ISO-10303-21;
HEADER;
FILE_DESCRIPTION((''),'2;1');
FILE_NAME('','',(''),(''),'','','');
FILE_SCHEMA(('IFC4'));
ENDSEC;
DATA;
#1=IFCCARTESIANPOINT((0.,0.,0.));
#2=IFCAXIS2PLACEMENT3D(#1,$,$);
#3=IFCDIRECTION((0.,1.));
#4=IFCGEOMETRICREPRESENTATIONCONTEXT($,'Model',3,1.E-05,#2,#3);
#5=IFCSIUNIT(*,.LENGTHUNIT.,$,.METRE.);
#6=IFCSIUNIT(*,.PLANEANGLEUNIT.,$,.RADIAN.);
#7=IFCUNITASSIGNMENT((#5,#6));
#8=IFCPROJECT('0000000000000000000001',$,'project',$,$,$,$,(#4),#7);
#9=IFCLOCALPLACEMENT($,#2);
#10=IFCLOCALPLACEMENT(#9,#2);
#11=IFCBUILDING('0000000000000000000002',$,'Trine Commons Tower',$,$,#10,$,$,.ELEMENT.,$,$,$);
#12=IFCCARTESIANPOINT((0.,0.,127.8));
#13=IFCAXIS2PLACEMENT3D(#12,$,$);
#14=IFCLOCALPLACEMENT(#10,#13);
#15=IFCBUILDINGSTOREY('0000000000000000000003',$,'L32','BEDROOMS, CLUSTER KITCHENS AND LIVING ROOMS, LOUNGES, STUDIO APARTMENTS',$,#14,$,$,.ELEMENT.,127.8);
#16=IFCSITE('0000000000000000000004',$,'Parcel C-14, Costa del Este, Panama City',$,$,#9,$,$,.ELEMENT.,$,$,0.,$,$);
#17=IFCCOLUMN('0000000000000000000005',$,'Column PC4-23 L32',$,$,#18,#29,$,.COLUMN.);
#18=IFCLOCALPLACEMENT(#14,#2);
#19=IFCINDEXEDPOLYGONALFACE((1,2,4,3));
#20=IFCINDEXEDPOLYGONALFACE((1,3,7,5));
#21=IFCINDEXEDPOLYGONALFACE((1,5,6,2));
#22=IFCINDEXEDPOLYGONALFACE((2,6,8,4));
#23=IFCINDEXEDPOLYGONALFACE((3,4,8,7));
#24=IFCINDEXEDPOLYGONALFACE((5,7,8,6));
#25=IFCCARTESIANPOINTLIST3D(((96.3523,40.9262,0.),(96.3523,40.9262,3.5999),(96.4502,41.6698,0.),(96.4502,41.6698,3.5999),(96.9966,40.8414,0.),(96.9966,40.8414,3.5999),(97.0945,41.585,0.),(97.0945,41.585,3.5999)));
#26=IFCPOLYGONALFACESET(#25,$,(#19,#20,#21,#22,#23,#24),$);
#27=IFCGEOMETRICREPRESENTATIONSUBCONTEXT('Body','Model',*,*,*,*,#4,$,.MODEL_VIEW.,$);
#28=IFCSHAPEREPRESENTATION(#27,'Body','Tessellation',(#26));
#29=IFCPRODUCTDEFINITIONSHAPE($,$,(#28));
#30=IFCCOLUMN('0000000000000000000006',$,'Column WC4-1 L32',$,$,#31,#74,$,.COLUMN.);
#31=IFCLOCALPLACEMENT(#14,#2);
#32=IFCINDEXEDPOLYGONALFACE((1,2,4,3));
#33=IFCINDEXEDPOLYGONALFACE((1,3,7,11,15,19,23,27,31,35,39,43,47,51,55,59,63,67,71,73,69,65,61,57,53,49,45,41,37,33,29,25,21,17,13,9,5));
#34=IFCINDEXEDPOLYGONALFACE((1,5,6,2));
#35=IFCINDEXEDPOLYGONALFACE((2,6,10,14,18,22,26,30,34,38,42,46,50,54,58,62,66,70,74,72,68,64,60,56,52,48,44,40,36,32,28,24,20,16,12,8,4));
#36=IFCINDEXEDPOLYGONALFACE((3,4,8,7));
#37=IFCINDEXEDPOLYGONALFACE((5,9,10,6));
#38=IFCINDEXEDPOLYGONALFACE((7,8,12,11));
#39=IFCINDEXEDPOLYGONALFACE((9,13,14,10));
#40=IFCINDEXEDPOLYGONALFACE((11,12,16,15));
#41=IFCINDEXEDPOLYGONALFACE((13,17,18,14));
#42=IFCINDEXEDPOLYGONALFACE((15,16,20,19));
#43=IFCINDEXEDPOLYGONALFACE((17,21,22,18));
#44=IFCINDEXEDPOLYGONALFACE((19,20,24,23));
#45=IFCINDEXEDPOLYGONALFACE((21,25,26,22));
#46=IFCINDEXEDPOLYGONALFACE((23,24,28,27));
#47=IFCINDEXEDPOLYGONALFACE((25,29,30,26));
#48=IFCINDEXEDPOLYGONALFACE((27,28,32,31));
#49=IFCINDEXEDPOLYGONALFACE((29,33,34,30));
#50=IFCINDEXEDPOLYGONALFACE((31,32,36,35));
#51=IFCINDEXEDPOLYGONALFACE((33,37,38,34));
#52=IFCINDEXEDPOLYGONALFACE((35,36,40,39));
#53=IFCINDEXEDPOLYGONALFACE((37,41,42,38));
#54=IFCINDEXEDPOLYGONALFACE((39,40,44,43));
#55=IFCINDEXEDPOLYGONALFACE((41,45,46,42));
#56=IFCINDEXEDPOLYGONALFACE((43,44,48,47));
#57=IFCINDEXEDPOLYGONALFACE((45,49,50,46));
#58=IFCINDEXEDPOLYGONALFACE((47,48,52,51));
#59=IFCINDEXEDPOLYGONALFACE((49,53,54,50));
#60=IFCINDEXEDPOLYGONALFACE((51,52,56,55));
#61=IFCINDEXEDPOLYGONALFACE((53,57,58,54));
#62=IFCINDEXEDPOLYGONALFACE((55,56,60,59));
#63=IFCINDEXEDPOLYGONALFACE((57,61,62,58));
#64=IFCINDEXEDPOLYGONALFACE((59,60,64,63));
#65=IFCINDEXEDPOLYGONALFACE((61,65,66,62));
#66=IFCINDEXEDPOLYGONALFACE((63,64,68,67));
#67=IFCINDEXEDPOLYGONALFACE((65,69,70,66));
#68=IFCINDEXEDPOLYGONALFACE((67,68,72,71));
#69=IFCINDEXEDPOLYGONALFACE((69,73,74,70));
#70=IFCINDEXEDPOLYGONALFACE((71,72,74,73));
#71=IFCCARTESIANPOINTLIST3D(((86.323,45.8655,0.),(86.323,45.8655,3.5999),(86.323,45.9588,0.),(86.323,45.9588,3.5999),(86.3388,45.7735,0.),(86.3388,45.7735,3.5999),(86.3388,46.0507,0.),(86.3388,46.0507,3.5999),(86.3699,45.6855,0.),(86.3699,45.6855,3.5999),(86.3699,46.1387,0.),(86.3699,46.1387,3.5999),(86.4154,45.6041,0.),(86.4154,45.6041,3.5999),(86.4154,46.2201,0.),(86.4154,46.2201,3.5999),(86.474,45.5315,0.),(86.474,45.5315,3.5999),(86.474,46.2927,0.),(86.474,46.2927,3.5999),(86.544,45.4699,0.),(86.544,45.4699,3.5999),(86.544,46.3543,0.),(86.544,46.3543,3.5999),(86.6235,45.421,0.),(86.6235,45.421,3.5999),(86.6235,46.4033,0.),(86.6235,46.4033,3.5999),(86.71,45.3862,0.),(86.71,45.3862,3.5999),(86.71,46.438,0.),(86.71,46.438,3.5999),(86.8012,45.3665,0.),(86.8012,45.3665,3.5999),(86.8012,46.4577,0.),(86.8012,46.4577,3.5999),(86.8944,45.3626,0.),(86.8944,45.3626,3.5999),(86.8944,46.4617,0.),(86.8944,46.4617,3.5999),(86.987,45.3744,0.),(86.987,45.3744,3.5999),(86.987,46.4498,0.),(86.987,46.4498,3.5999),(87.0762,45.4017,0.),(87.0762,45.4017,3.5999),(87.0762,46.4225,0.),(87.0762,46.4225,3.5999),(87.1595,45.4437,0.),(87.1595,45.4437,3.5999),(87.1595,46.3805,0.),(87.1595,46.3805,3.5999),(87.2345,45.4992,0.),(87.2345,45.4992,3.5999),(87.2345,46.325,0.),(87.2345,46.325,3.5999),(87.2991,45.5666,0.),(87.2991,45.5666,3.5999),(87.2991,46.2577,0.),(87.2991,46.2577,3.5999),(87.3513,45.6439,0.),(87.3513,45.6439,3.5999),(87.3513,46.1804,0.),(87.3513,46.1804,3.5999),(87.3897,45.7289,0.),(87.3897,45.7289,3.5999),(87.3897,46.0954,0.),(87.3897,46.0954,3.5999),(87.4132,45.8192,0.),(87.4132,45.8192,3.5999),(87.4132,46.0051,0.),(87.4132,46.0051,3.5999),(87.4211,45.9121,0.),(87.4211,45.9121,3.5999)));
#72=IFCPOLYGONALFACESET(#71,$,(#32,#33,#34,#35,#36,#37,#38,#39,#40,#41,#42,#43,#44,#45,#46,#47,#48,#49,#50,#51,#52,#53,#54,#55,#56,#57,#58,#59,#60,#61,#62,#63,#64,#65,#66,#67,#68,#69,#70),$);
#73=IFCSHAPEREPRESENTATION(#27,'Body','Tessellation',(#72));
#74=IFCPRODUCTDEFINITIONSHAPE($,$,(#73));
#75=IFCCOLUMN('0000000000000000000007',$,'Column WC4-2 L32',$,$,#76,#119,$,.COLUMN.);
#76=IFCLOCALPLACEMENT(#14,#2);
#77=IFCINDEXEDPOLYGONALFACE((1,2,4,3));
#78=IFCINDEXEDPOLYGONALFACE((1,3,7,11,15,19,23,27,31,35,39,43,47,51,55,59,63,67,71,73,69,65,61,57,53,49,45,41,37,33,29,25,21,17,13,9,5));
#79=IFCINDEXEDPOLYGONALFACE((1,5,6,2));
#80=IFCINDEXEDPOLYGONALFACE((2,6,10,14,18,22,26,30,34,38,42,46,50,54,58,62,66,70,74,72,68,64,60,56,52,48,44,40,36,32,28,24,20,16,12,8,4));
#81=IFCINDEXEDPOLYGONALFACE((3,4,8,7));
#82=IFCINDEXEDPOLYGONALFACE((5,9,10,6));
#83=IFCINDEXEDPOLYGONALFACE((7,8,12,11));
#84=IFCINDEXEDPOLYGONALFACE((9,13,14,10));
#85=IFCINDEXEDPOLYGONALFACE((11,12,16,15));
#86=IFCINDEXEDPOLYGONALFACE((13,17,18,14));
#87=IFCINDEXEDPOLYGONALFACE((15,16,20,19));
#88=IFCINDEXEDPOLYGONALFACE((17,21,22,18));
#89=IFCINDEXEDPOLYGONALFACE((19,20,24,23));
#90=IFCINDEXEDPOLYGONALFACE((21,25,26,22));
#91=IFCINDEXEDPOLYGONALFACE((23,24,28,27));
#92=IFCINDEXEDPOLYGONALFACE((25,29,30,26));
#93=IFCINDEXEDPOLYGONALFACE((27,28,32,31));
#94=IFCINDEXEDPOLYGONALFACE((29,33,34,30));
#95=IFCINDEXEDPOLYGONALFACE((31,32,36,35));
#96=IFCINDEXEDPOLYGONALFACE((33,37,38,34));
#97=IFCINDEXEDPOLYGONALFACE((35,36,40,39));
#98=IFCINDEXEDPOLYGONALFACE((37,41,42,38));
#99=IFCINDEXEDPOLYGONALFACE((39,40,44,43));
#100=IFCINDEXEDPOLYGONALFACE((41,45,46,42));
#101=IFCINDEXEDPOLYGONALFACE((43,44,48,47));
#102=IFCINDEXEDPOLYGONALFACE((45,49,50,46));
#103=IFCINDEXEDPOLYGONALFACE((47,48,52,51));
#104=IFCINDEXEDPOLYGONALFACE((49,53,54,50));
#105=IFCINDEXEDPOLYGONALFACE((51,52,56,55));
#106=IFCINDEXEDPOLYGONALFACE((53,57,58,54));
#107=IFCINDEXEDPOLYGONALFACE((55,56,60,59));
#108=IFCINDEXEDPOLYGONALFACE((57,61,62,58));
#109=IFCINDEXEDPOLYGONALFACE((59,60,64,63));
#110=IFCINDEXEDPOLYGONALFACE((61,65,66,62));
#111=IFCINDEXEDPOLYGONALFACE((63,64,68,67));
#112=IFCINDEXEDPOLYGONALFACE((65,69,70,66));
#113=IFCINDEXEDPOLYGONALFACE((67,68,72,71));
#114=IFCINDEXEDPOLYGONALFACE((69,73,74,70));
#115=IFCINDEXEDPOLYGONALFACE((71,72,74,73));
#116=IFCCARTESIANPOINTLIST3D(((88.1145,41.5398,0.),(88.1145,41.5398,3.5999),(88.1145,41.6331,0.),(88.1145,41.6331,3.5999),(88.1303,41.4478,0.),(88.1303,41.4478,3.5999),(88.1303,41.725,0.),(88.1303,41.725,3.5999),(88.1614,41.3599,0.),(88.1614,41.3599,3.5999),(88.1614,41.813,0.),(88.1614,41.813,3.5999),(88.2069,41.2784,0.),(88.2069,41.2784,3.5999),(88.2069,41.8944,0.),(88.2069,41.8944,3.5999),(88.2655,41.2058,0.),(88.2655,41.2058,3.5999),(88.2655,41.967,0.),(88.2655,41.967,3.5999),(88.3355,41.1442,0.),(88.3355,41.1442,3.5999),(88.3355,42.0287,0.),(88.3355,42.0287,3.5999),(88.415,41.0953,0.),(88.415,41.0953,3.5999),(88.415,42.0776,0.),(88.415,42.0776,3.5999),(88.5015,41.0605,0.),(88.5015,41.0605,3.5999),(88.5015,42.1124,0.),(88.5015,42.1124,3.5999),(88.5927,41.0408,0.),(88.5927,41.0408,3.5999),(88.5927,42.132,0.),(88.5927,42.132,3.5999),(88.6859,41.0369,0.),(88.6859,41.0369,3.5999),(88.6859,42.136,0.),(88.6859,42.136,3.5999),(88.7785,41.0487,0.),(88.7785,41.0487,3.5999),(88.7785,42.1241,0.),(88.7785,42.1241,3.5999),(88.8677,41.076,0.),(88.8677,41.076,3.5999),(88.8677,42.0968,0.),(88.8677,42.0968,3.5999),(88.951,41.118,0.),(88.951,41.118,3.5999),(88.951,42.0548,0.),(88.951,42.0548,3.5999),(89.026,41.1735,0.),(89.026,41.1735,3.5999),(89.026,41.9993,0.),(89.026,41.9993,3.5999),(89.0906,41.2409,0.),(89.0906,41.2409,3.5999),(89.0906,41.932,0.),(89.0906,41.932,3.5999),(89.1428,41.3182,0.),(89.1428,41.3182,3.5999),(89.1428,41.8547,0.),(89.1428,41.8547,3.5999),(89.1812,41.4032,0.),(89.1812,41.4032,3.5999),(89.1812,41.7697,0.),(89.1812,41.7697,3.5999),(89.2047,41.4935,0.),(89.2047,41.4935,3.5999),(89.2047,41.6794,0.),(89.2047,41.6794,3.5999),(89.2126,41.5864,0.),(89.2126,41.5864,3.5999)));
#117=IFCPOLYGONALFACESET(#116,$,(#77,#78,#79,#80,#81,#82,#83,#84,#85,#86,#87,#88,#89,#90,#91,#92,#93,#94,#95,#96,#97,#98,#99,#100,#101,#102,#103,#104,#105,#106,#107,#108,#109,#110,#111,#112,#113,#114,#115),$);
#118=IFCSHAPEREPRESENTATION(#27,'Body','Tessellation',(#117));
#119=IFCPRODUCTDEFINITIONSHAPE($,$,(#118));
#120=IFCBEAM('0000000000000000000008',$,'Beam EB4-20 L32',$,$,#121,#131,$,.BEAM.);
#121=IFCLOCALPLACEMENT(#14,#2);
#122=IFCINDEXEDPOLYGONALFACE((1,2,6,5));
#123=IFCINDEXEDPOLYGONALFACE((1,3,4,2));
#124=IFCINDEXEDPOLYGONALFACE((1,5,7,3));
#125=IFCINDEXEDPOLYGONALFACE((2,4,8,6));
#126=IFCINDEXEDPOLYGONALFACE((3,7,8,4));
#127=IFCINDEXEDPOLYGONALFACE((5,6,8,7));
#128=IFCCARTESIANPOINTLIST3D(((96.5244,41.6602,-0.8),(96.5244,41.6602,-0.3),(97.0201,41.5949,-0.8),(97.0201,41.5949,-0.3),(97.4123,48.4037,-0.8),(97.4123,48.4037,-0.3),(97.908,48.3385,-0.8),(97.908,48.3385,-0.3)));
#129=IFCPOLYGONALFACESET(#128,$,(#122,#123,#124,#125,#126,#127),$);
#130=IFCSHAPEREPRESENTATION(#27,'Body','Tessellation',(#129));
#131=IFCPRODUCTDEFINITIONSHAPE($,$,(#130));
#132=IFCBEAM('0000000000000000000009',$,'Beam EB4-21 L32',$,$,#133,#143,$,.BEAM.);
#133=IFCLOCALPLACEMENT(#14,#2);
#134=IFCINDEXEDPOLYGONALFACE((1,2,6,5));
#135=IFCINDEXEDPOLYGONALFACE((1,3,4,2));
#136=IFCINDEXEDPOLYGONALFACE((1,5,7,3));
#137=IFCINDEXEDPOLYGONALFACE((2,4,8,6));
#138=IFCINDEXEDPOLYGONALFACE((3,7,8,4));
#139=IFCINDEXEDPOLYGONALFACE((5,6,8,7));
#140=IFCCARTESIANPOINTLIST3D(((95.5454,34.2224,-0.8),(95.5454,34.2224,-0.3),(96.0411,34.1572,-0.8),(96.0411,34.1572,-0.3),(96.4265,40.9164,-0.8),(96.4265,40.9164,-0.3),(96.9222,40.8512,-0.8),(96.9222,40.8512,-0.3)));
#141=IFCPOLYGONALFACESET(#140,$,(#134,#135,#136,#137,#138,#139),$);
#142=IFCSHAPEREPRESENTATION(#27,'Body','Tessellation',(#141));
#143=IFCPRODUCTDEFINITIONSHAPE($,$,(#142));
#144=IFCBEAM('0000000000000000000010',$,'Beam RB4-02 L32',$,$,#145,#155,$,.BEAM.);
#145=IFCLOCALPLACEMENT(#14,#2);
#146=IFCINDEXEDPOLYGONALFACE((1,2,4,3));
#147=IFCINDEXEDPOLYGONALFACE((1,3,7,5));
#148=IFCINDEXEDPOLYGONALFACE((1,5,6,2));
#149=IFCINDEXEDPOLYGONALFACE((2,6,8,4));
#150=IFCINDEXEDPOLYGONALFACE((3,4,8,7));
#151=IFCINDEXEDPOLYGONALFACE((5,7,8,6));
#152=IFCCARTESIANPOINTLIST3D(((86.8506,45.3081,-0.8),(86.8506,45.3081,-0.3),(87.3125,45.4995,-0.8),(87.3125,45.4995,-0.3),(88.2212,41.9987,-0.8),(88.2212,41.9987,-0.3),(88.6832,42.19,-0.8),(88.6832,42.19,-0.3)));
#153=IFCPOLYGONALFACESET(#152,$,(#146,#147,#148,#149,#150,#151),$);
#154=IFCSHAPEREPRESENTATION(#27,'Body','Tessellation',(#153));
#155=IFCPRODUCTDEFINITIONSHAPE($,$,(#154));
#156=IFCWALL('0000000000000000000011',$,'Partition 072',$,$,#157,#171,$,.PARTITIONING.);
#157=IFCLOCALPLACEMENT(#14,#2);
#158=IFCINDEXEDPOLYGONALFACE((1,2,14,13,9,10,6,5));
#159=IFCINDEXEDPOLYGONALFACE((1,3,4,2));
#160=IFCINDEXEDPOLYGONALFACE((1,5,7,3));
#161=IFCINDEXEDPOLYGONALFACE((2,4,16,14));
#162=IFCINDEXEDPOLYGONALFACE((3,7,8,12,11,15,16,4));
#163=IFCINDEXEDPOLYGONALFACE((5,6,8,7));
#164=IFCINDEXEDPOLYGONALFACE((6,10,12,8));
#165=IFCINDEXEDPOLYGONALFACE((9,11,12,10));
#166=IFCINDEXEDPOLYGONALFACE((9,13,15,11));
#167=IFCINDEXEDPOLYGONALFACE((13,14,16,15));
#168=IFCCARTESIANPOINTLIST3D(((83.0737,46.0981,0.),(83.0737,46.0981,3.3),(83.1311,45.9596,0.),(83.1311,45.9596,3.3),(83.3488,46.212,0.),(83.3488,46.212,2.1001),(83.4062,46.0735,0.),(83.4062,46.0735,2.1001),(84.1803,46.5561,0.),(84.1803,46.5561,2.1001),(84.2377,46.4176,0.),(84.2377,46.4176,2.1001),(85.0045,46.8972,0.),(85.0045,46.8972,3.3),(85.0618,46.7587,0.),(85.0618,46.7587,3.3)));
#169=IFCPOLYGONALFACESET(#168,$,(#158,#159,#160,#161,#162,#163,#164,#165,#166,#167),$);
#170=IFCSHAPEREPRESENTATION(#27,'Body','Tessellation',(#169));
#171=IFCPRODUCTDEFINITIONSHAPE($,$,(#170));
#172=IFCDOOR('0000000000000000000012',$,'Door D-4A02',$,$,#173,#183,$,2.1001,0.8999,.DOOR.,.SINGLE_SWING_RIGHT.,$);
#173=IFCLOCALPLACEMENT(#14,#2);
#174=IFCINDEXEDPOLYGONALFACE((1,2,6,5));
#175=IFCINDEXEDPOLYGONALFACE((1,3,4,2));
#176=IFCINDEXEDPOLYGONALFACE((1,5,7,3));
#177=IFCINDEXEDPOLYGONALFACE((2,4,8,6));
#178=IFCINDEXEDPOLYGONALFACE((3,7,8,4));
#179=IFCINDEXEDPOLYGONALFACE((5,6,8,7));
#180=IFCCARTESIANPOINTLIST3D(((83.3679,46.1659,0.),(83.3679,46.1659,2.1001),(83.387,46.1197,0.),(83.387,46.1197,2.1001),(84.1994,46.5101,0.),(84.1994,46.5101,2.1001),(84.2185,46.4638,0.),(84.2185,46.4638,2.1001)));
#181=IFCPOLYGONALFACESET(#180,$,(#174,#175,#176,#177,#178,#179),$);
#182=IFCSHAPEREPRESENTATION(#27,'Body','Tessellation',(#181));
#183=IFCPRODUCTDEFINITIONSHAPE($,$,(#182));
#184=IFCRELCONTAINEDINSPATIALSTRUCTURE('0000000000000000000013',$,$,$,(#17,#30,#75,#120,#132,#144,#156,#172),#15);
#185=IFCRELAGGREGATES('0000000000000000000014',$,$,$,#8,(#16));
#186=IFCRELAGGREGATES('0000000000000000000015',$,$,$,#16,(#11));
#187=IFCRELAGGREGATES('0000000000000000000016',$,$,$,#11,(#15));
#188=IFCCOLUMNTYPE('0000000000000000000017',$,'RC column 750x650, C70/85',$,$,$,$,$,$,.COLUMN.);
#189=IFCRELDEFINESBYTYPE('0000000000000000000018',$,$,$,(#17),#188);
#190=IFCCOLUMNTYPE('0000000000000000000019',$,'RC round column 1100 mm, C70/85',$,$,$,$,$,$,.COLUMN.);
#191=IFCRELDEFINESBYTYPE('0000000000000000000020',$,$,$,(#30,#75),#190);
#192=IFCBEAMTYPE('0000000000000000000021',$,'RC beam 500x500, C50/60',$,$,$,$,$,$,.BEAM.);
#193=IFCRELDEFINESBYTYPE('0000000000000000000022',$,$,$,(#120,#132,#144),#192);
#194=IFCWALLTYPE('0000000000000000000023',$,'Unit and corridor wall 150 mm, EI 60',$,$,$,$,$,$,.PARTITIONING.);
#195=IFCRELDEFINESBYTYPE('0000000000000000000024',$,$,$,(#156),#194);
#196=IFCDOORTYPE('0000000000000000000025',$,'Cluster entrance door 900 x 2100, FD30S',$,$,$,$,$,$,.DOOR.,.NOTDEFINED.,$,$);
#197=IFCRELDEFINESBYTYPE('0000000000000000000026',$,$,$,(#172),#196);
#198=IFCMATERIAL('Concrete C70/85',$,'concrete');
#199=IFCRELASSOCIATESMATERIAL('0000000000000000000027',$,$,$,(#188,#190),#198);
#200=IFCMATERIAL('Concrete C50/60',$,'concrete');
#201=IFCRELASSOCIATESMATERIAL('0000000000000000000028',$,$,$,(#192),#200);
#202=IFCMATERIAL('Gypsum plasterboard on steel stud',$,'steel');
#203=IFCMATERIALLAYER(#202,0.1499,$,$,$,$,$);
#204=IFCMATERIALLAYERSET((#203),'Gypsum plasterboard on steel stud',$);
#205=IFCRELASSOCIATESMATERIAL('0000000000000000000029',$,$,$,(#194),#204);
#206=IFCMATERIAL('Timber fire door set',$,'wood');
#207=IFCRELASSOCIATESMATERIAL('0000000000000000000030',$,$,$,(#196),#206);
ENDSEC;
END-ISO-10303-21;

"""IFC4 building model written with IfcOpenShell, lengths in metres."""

from ifc_helpers import new_model, si_unit, direction, frame, frame_2d, origin, origin_2d, place, context, subcontext, project, spatial, rectangle, circle, extrude, material, layer, layer_set, material_profile, profile_set, type_object, element, fill, save


model = new_model("IFC4")

# Units and contexts
model_context = context("Model", 3, precision=1e-05, world=origin(), true_north=direction((0.0, 1.0)))
body_context = subcontext(model_context, "Body", "Model", "MODEL_VIEW")
ifc_project = project(units=[si_unit("LENGTHUNIT", "METRE"), si_unit("PLANEANGLEUNIT", "RADIAN")], contexts=[model_context])

# Site, building, storey
site_placement = place(None, origin())
site = spatial("IfcSite", under=ifc_project, at=site_placement, Name="Parcel C-14, Costa del Este, Panama City", CompositionType="ELEMENT", RefElevation=0.0)
building_placement = place(site_placement, origin())
building = spatial("IfcBuilding", under=site, at=building_placement, Name="Trine Commons Tower", CompositionType="ELEMENT")
storey_placement = place(building_placement, frame((0.0, 0.0, 127.8)))
storey = spatial("IfcBuildingStorey", under=building, at=storey_placement, Name="L32", Description="BEDROOMS, CLUSTER KITCHENS AND LIVING ROOMS, LOUNGES, STUDIO APARTMENTS", CompositionType="ELEMENT", Elevation=127.8)

# Columns
ifc_material_1 = material(Name="Concrete C70/85", Category="concrete")
ifc_material_profile_1 = material_profile(ifc_material_1, rectangle(XDim=0.75, YDim=0.6499, at=origin_2d()), Name="RC 750x650")
ifc_profile_set_1 = profile_set([ifc_material_profile_1], Name="Concrete C70/85")
column_type_1 = type_object("IfcColumnType", Name="RC column 750x650, C70/85", PredefinedType="COLUMN", material=ifc_profile_set_1)
column_placement = place(storey_placement, frame((96.7234, 41.2556, 0.0), z_axis=(0.0, 0.0, 1.0), x_axis=(0.130526, 0.991445, 0.0)))
element("IfcColumn", 1, at=column_placement, inside=storey, type_object=column_type_1, Name="Column PC4-23 L32", PredefinedType="COLUMN", context=body_context, shape_type="SweptSolid", body=[
    extrude(rectangle(XDim=0.75, YDim=0.6499, at=origin_2d()), origin(), (0.0, 0.0, 1.0), 3.5999),
])
ifc_material_profile_2 = material_profile(ifc_material_1, circle(Radius=0.55, at=origin_2d()), Name="RC round 1100")
ifc_profile_set_2 = profile_set([ifc_material_profile_2], Name="Concrete C70/85")
column_type_2 = type_object("IfcColumnType", Name="RC round column 1100 mm, C70/85", PredefinedType="COLUMN", material=ifc_profile_set_2)
for number, where, z_axis, x_axis, name in (
    (2, (86.8711, 45.9121, 0.0), (0.0, 0.0, 1.0), (1.0, 0.0, 0.0), "Column WC4-1 L32"),
    (3, (88.6626, 41.5864, 0.0), (0.0, 0.0, 1.0), (1.0, 0.0, 0.0), "Column WC4-2 L32"),
):
    element("IfcColumn", number, at=place(storey_placement, frame(where, z_axis=z_axis, x_axis=x_axis)), inside=storey, type_object=column_type_2, Name=name, PredefinedType="COLUMN", context=body_context, shape_type="SweptSolid", body=[
        extrude(circle(Radius=0.55, at=origin_2d()), origin(), (0.0, 0.0, 1.0), 3.5999),
    ])

# Beams
ifc_material_2 = material(Name="Concrete C50/60", Category="concrete")
ifc_material_profile_3 = material_profile(ifc_material_2, rectangle(XDim=0.5, YDim=0.5, at=origin_2d()), Name="RC 500x500")
ifc_profile_set_3 = profile_set([ifc_material_profile_3], Name="Concrete C50/60")
beam_type = type_object("IfcBeamType", Name="RC beam 500x500, C50/60", PredefinedType="BEAM", material=ifc_profile_set_3)
beam_1_placement = place(storey_placement, frame((97.6602, 48.3711, -0.55), z_axis=(-0.130544, -0.991443, 0.0), x_axis=(0.991443, -0.130544, 0.0)))
element("IfcBeam", 4, at=beam_1_placement, inside=storey, type_object=beam_type, Name="Beam EB4-20 L32", PredefinedType="BEAM", context=body_context, shape_type="SweptSolid", body=[
    extrude(rectangle(XDim=0.5, YDim=0.5, at=origin_2d()), origin(), (0.0, 0.0, 1.0), 6.8018),
])
beam_2_placement = place(storey_placement, frame((96.6743, 40.8838, -0.55), z_axis=(-0.130498, -0.991449, 0.0), x_axis=(0.991449, -0.130498, 0.0)))
element("IfcBeam", 5, at=beam_2_placement, inside=storey, type_object=beam_type, Name="Beam EB4-21 L32", PredefinedType="BEAM", context=body_context, shape_type="SweptSolid", body=[
    extrude(rectangle(XDim=0.5, YDim=0.5, at=origin_2d()), origin(), (0.0, 0.0, 1.0), 6.7517),
])
beam_3_placement = place(storey_placement, frame((87.0815, 45.4038, -0.55), z_axis=(0.382645, -0.923896, 0.0), x_axis=(0.923896, 0.382645, 0.0)))
element("IfcBeam", 6, at=beam_3_placement, inside=storey, type_object=beam_type, Name="Beam RB4-02 L32", PredefinedType="BEAM", context=body_context, shape_type="SweptSolid", body=[
    extrude(rectangle(XDim=0.5, YDim=0.5, at=origin_2d()), origin(), (0.0, 0.0, 1.0), 3.582),
])

# Wall, opening, door
ifc_material_3 = material(Name="Gypsum plasterboard on steel stud", Category="steel")
ifc_layer_1 = layer(ifc_material_3, 0.1499)
ifc_layer_set_1 = layer_set([ifc_layer_1], Name="Gypsum plasterboard on steel stud")
wall_type_1 = type_object("IfcWallType", Name="Unit and corridor wall 150 mm, EI 60", PredefinedType="PARTITIONING", material=ifc_layer_set_1)
wall_1_placement = place(storey_placement, frame((83.1023, 46.0288, 0.0), z_axis=(0.0, 0.0, 1.0), x_axis=(0.923987, 0.382424, 0.0)))
wall_1 = element("IfcWall", 7, at=wall_1_placement, inside=storey, type_object=wall_type_1, Name="Partition 072", PredefinedType="PARTITIONING", context=body_context, shape_type="SweptSolid", body=[
    extrude(rectangle(XDim=2.0896, YDim=0.1499, at=frame_2d((1.0449, 0.0))), origin(), (0.0, 0.0, 1.0), 3.3),
])
opening_1_placement = place(wall_1_placement, frame((0.2979, 0.0, 0.0)))
opening_1 = element("IfcOpeningElement", 8, at=opening_1_placement, cuts=wall_1, PredefinedType="OPENING", context=body_context, shape_type="SweptSolid", body=[
    extrude(rectangle(XDim=0.8999, YDim=2.1001, at=frame_2d((0.45, 1.05))), frame((0.0, 0.085, 0.0), z_axis=(0.0, -1.0, 0.0), x_axis=(1.0, 0.0, 0.0)), (0.0, 0.0, 1.0), 0.1699),
])
ifc_material_4 = material(Name="Timber fire door set", Category="wood")
door_type_1 = type_object("IfcDoorType", Name="Cluster entrance door 900 x 2100, FD30S", OperationType="NOTDEFINED", PredefinedType="DOOR", material=ifc_material_4)
door_1_placement = place(opening_1_placement, frame((0.8999, 0.0, 0.0), z_axis=(0.0, 0.0, 1.0), x_axis=(-1.0, 0.0, 0.0)))
door_1 = element("IfcDoor", 9, at=door_1_placement, inside=storey, type_object=door_type_1, Name="Door D-4A02", OperationType="SINGLE_SWING_RIGHT", OverallHeight=2.1001, OverallWidth=0.8999, PredefinedType="DOOR", context=body_context, shape_type="SweptSolid", body=[
    extrude(rectangle(XDim=0.8999, YDim=2.1001, at=frame_2d((0.45, 1.05))), frame((0.0, 0.0249, 0.0), z_axis=(0.0, -1.0, 0.0), x_axis=(1.0, 0.0, 0.0)), (0.0, 0.0, 1.0), 0.05),
])
fill(opening_1, door_1)

save(model, "model.ifc")
